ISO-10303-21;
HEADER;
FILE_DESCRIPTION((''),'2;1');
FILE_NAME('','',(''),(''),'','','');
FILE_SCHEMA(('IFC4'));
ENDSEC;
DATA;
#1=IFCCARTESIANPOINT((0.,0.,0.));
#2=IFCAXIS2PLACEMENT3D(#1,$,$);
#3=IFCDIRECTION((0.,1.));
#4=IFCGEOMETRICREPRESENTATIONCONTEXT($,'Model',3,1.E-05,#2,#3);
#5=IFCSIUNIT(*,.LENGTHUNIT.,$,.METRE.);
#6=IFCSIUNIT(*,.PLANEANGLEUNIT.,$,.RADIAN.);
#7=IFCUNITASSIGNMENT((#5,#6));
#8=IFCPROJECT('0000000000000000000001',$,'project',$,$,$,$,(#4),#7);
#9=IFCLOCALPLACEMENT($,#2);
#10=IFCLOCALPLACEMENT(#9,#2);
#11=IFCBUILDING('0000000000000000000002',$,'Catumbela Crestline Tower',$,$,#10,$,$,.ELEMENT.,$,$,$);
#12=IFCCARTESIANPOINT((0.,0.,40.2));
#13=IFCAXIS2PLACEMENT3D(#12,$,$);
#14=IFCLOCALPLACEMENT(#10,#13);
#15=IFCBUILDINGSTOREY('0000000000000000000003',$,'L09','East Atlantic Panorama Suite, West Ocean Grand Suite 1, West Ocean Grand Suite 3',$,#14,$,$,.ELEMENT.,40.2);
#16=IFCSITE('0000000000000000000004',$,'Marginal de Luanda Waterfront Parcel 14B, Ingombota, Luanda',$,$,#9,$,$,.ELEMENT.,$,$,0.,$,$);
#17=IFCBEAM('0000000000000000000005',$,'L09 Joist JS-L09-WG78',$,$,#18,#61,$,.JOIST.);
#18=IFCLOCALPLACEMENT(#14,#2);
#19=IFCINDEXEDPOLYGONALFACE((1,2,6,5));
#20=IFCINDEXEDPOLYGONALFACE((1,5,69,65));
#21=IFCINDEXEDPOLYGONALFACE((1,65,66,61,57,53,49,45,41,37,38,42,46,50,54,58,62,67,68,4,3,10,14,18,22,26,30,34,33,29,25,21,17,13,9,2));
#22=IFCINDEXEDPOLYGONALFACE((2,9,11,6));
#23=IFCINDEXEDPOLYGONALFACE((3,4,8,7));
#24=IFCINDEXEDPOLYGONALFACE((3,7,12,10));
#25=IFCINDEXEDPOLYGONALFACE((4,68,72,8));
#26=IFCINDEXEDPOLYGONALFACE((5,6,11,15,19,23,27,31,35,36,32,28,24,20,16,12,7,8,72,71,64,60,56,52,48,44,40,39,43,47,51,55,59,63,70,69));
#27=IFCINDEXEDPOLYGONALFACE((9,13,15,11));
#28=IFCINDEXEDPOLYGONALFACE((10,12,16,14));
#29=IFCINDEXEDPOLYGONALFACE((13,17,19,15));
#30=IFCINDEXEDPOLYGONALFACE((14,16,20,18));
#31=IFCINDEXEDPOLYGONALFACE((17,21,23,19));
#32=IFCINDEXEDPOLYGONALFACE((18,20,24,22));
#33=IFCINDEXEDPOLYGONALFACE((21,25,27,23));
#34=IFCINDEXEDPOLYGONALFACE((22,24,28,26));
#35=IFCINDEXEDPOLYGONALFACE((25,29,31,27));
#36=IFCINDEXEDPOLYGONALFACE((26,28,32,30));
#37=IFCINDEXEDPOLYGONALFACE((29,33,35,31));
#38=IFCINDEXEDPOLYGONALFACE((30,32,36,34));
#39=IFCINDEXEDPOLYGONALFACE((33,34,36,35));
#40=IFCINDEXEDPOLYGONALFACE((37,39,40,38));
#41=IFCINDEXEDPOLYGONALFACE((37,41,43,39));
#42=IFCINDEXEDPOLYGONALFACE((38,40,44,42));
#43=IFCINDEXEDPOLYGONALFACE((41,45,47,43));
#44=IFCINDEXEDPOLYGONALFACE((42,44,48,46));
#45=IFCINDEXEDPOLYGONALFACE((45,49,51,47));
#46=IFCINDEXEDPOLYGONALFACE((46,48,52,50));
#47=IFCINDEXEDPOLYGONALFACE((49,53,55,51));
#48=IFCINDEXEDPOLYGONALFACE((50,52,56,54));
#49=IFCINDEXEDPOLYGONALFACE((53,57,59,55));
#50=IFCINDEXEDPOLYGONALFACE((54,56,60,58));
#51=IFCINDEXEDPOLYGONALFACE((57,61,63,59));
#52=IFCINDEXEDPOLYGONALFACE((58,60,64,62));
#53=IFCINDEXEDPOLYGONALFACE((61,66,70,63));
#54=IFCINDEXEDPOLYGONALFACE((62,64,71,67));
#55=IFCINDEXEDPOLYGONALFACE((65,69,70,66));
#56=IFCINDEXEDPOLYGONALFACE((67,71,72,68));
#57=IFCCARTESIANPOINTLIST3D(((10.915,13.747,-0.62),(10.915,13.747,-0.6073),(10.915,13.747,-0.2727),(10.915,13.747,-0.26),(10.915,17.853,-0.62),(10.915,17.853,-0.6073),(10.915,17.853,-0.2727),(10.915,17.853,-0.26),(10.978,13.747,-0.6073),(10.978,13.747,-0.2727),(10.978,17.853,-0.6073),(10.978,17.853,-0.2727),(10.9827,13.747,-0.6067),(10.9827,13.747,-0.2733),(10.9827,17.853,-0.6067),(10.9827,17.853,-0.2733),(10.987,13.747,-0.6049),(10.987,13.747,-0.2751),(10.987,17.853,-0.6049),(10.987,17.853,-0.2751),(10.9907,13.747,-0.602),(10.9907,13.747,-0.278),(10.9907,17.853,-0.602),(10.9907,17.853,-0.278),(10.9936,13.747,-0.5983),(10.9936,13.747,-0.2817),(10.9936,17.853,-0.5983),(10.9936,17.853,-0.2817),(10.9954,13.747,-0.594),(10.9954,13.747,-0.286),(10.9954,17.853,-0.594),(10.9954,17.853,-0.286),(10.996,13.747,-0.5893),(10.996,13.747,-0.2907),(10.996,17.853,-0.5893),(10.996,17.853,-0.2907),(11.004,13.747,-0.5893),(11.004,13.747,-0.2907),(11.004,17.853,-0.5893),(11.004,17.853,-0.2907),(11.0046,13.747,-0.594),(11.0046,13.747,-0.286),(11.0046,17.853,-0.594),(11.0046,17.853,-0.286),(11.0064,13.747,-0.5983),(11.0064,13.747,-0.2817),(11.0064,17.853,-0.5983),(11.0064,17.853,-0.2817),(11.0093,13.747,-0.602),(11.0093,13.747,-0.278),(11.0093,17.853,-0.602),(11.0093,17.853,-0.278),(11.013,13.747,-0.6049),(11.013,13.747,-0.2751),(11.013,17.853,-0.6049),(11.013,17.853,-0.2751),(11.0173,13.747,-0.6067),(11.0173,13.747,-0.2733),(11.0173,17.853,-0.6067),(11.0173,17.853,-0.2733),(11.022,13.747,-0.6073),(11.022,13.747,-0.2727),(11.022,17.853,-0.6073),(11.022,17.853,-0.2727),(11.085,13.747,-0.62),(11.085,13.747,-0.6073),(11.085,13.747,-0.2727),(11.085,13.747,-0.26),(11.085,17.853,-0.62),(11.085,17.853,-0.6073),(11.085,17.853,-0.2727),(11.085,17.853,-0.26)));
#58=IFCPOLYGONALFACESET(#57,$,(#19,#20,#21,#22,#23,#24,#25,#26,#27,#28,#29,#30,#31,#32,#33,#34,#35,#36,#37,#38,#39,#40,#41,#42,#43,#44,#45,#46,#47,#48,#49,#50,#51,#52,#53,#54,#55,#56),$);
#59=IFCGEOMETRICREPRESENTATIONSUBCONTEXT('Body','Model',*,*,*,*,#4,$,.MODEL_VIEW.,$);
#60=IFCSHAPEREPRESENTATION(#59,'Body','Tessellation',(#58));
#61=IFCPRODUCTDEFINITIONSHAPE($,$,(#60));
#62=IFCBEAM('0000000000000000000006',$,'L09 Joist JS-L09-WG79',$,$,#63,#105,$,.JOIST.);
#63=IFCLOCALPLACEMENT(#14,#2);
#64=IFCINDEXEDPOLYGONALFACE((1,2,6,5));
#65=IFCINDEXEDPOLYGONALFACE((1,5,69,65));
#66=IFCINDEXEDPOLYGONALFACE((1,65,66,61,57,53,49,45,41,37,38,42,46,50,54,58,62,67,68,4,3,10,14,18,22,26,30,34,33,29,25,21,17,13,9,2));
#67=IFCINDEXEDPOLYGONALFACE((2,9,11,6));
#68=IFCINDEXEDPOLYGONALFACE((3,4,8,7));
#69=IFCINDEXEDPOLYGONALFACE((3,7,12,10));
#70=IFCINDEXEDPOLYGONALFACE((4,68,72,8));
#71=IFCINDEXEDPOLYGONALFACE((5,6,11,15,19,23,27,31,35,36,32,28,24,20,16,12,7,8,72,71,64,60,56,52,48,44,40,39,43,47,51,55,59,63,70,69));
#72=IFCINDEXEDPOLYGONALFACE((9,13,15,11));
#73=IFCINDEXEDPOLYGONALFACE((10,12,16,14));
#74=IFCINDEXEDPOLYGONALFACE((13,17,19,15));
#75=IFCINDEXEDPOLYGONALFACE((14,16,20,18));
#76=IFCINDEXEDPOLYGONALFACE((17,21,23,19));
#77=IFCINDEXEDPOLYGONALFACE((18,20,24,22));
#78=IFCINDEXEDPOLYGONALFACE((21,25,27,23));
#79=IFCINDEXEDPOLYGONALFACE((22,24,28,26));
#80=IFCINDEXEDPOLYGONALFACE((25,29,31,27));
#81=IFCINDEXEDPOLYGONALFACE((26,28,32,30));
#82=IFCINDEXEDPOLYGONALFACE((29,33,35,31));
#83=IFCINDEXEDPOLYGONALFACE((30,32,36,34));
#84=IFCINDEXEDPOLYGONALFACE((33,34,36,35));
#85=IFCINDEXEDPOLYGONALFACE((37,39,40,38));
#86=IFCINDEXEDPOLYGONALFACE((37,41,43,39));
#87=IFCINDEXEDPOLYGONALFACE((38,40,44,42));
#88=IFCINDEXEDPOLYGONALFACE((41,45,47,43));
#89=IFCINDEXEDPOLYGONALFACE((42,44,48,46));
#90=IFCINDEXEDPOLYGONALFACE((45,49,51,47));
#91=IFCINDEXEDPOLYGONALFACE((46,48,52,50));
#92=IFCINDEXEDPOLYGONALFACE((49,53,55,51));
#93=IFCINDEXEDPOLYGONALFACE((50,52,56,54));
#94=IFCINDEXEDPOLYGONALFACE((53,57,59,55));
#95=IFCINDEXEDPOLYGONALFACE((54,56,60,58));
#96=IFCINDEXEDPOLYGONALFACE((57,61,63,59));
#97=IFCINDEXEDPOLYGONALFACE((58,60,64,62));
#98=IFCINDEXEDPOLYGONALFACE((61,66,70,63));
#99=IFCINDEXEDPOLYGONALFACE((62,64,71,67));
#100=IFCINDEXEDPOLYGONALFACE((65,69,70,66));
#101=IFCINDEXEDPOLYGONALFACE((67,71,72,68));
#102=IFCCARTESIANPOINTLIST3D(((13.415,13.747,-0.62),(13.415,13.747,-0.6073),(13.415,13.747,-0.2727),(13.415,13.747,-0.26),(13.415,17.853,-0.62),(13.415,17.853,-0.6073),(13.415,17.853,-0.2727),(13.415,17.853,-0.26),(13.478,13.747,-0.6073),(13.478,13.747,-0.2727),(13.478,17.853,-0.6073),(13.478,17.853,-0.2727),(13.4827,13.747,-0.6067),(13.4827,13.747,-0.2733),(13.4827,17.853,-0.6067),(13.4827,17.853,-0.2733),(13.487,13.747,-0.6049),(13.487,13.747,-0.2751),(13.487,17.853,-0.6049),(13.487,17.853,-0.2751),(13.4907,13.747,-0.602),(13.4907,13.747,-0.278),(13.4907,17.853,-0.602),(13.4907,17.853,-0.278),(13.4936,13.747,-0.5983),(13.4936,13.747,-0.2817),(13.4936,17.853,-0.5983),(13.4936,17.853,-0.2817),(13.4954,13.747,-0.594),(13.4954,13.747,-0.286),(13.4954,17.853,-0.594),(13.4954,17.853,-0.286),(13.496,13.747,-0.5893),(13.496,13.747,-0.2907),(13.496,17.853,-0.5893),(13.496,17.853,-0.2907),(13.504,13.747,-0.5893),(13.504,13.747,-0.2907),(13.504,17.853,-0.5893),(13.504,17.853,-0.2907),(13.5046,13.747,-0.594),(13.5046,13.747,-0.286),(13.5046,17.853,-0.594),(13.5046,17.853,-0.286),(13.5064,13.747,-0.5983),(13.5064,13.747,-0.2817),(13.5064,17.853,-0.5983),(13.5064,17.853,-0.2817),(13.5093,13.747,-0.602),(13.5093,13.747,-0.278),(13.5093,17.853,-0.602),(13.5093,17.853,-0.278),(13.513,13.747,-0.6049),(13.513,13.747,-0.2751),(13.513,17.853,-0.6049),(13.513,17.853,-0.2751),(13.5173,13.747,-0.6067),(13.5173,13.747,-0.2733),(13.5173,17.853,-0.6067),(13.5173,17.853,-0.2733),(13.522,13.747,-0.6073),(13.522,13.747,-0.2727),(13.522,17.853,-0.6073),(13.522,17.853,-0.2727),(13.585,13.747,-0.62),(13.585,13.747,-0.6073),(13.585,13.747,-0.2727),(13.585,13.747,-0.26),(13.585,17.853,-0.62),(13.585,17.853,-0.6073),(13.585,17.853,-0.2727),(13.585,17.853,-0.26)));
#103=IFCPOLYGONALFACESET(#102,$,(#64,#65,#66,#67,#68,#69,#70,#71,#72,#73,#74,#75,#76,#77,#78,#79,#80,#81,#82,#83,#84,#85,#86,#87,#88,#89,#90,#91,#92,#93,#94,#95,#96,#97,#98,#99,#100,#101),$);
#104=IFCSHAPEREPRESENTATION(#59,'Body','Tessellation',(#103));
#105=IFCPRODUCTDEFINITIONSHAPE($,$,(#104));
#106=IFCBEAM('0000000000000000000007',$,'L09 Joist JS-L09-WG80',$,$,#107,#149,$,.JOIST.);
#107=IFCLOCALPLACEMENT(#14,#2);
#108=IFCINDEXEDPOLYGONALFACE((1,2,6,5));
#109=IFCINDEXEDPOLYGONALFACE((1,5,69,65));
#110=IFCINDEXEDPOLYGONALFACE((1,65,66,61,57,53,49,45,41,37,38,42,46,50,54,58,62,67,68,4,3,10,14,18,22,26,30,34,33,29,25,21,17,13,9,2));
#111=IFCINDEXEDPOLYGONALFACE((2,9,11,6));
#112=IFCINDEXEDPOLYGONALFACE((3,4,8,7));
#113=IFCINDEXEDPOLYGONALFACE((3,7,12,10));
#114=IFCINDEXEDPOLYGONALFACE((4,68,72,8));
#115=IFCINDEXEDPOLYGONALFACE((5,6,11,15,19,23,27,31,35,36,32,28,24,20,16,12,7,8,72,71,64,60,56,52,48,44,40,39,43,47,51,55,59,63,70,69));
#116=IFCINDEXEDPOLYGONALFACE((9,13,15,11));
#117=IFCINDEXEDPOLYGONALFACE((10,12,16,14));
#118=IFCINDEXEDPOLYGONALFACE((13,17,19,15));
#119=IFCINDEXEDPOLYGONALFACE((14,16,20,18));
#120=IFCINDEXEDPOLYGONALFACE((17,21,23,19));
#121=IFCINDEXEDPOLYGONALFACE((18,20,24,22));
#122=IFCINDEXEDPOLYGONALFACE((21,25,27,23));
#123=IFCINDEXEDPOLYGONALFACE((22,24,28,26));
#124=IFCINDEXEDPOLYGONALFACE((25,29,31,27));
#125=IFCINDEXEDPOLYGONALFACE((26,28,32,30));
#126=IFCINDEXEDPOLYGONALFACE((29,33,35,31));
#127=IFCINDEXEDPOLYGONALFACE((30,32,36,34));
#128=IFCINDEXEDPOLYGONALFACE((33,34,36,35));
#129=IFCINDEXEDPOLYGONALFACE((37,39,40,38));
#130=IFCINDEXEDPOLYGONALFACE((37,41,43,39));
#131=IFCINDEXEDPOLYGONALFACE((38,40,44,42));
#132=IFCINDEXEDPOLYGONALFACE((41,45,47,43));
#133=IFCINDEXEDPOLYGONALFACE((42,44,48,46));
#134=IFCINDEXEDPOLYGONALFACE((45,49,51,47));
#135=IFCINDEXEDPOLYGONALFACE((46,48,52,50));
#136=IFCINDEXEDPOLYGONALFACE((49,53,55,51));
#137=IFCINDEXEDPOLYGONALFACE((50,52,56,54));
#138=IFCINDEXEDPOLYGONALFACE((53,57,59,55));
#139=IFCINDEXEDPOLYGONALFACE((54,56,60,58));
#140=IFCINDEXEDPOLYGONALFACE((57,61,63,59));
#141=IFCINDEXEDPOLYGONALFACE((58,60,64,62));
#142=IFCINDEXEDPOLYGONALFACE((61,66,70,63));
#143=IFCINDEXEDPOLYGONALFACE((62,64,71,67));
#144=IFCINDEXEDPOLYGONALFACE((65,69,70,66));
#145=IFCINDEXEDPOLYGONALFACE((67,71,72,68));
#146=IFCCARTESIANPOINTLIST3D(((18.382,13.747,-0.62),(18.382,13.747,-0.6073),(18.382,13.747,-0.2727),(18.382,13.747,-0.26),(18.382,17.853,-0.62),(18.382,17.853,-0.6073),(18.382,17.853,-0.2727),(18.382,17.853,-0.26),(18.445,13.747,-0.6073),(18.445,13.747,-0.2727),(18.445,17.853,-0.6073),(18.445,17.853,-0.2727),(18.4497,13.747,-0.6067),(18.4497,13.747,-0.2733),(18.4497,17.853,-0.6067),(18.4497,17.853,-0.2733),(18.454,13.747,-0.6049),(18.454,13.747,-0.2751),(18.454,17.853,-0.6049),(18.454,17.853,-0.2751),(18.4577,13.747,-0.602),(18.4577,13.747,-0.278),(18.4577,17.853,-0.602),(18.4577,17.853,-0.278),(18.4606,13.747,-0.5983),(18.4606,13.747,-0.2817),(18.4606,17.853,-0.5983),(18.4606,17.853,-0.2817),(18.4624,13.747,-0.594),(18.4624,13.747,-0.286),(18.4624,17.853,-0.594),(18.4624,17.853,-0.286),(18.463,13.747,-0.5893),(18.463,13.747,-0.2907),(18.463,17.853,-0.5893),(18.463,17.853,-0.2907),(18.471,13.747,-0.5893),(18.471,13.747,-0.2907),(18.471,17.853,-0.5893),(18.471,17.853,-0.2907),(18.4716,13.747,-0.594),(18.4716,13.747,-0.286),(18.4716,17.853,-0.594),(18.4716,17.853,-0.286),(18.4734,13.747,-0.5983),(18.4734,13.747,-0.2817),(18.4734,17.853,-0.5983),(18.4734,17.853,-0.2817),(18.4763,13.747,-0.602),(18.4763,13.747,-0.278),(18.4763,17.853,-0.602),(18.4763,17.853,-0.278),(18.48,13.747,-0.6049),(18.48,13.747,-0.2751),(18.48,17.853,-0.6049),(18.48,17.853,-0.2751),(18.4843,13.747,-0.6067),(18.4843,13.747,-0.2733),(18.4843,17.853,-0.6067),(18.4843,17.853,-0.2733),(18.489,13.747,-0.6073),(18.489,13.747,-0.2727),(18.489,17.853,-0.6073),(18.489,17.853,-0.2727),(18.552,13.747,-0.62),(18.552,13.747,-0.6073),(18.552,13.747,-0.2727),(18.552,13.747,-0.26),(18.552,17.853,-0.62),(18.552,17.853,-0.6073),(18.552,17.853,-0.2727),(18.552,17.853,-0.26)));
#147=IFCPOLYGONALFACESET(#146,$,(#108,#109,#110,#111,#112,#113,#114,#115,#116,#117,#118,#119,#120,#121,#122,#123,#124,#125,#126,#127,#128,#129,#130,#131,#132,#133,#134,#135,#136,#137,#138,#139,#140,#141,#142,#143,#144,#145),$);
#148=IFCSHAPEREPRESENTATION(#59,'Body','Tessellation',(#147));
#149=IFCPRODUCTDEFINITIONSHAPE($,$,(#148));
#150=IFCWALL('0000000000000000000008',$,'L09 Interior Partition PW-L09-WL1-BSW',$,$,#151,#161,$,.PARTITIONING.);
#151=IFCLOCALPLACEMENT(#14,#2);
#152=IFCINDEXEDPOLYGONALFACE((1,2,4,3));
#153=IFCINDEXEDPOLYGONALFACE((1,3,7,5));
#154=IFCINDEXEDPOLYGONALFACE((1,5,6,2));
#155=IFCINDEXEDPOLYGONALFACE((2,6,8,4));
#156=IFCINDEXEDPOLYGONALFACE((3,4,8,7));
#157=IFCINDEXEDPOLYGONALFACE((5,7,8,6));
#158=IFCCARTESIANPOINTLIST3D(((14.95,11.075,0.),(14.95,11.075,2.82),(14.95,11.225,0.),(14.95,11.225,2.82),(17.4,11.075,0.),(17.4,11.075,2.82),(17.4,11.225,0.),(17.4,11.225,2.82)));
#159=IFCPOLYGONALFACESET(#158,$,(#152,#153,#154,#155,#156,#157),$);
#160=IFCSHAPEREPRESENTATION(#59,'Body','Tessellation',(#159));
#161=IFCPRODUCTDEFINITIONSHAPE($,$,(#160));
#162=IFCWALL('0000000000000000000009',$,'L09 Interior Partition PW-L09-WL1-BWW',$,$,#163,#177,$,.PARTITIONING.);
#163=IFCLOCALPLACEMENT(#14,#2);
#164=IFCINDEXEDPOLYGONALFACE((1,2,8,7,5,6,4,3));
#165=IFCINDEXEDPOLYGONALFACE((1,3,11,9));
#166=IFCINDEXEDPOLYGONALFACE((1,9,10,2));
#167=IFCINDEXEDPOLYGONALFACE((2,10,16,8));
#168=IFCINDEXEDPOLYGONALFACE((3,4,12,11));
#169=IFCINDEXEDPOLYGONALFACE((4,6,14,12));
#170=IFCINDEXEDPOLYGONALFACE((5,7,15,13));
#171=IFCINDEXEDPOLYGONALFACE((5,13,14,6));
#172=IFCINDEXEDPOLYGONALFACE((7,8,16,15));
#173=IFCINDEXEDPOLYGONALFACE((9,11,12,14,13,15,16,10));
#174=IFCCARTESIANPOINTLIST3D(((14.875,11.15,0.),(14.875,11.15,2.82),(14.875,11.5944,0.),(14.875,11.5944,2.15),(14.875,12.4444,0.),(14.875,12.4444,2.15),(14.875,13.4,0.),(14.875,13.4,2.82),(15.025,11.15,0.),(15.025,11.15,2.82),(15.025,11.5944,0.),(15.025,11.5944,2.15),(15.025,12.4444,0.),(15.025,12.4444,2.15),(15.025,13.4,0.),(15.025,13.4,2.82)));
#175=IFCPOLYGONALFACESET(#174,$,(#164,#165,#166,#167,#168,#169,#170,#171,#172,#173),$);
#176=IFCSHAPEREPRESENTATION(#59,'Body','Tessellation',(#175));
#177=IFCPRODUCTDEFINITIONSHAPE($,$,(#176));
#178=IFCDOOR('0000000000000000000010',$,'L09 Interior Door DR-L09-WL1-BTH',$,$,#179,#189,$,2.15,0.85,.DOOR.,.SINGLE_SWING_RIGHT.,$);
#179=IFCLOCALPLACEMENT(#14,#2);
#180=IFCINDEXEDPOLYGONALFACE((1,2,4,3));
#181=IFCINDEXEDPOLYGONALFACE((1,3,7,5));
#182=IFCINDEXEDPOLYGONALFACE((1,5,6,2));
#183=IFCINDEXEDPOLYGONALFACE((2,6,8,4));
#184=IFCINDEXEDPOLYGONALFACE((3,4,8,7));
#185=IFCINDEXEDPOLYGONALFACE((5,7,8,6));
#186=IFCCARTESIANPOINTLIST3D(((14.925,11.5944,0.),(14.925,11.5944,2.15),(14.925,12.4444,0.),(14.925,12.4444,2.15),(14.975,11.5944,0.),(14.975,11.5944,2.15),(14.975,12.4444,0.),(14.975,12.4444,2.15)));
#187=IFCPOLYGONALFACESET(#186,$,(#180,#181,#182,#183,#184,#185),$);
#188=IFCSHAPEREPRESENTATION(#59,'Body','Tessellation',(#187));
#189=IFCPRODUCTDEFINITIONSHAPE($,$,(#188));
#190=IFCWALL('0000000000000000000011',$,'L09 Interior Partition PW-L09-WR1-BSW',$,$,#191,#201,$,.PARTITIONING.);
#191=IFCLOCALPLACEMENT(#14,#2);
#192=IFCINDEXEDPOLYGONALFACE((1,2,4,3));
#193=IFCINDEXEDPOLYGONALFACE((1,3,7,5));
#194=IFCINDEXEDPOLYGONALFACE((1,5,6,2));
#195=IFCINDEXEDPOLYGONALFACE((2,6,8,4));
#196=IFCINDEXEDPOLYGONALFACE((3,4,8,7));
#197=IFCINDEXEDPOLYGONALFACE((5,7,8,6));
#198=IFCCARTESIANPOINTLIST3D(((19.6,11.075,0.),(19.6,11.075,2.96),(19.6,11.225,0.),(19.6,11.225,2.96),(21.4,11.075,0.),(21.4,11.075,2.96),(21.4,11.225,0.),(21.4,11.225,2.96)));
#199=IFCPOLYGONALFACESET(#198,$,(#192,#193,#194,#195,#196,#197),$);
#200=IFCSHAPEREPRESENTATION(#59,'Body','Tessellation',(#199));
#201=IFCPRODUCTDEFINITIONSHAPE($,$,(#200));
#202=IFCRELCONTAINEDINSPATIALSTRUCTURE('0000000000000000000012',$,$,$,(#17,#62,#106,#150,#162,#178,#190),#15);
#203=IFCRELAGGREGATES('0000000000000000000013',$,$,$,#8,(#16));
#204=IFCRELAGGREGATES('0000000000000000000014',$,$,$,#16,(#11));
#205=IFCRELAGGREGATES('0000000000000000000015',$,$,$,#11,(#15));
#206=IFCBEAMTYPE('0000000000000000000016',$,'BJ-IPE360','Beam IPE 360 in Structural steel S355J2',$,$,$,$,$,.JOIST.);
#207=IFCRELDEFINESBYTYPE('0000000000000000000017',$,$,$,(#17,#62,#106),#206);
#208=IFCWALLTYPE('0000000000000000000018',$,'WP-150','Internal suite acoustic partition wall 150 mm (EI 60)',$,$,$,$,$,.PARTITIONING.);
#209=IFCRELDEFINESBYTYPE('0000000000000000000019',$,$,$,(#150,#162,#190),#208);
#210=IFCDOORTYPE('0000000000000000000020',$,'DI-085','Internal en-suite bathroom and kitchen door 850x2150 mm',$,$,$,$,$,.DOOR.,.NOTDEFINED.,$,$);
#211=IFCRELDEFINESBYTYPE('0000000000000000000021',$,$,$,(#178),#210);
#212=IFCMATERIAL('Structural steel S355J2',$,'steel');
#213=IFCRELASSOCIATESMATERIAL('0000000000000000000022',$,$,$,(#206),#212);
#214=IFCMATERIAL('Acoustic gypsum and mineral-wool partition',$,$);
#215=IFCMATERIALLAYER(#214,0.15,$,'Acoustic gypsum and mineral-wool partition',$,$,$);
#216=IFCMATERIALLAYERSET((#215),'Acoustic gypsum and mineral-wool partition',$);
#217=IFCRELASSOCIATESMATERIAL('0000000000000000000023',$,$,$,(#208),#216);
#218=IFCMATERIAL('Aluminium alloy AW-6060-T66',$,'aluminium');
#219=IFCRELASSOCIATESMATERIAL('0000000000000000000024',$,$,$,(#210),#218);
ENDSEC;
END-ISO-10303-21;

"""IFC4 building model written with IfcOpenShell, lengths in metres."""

from ifc_helpers import new_model, si_unit, direction, frame, frame_2d, origin, origin_2d, place, context, subcontext, project, spatial, rectangle, i_section, extrude, material, layer, layer_set, material_profile, profile_set, type_object, element, fill, save


model = new_model("IFC4")

# Units and contexts
model_context = context("Model", 3, precision=1e-05, world=origin(), true_north=direction((0.0, 1.0)))
body_context = subcontext(model_context, "Body", "Model", "MODEL_VIEW")
ifc_project = project(units=[si_unit("LENGTHUNIT", "METRE"), si_unit("PLANEANGLEUNIT", "RADIAN")], contexts=[model_context])

# Site, building, storey
site_placement = place(None, origin())
site = spatial("IfcSite", under=ifc_project, at=site_placement, Name="Marginal de Luanda Waterfront Parcel 14B, Ingombota, Luanda", CompositionType="ELEMENT", RefElevation=0.0)
building_placement = place(site_placement, origin())
building = spatial("IfcBuilding", under=site, at=building_placement, Name="Catumbela Crestline Tower", CompositionType="ELEMENT")
storey_placement = place(building_placement, frame((0.0, 0.0, 40.2)))
storey = spatial("IfcBuildingStorey", under=building, at=storey_placement, Name="L09", Description="East Atlantic Panorama Suite, West Ocean Grand Suite 1, West Ocean Grand Suite 3", CompositionType="ELEMENT", Elevation=40.2)

# Beams
ifc_material_1 = material(Name="Structural steel S355J2", Category="steel")
ifc_material_profile_1 = material_profile(ifc_material_1, i_section(OverallWidth=0.17, OverallDepth=0.36, WebThickness=0.008, FlangeThickness=0.0127, FilletRadius=0.018, at=origin_2d()), Name="IPE 360")
ifc_profile_set_1 = profile_set([ifc_material_profile_1], Name="Structural steel S355J2")
beam_type_1 = type_object("IfcBeamType", Name="BJ-IPE360", Description="Beam IPE 360 in Structural steel S355J2", PredefinedType="JOIST", material=ifc_profile_set_1)
for number, where, z_axis, x_axis, name in (
    (1, (11.0, 13.747, -0.44), (0.0, 1.0, 0.0), (-1.0, 0.0, 0.0), "L09 Joist JS-L09-WG78"),
    (2, (13.5, 13.747, -0.44), (0.0, 1.0, 0.0), (-1.0, 0.0, 0.0), "L09 Joist JS-L09-WG79"),
    (3, (18.467, 13.747, -0.44), (0.0, 1.0, 0.0), (-1.0, 0.0, 0.0), "L09 Joist JS-L09-WG80"),
):
    element("IfcBeam", number, at=place(storey_placement, frame(where, z_axis=z_axis, x_axis=x_axis)), inside=storey, type_object=beam_type_1, Name=name, PredefinedType="JOIST", context=body_context, shape_type="SweptSolid", body=[
        extrude(i_section(OverallWidth=0.17, OverallDepth=0.36, WebThickness=0.008, FlangeThickness=0.0127, FilletRadius=0.018, at=origin_2d()), origin(), (0.0, 0.0, 1.0), 4.106),
    ])

# Wall
ifc_material_2 = material(Name="Acoustic gypsum and mineral-wool partition")
ifc_layer = layer(ifc_material_2, 0.15, Name="Acoustic gypsum and mineral-wool partition")
ifc_layer_set = layer_set([ifc_layer], Name="Acoustic gypsum and mineral-wool partition")
wall_type = type_object("IfcWallType", Name="WP-150", Description="Internal suite acoustic partition wall 150 mm (EI 60)", PredefinedType="PARTITIONING", material=ifc_layer_set)
wall_1_placement = place(storey_placement, frame((14.95, 11.15, 0.0), z_axis=(0.0, 0.0, 1.0), x_axis=(1.0, 0.0, 0.0)))
element("IfcWall", 4, at=wall_1_placement, inside=storey, type_object=wall_type, Name="L09 Interior Partition PW-L09-WL1-BSW", PredefinedType="PARTITIONING", context=body_context, shape_type="SweptSolid", body=[
    extrude(rectangle(XDim=2.45, YDim=0.15, at=frame_2d((1.225, 0.0))), origin(), (0.0, 0.0, 1.0), 2.82),
])

# Wall, opening, door
wall_2_placement = place(storey_placement, frame((14.95, 11.15, 0.0), z_axis=(0.0, 0.0, 1.0), x_axis=(0.0, 1.0, 0.0)))
wall_2 = element("IfcWall", 5, at=wall_2_placement, inside=storey, type_object=wall_type, Name="L09 Interior Partition PW-L09-WL1-BWW", PredefinedType="PARTITIONING", context=body_context, shape_type="SweptSolid", body=[
    extrude(rectangle(XDim=2.25, YDim=0.15, at=frame_2d((1.125, 0.0))), origin(), (0.0, 0.0, 1.0), 2.82),
])
opening_1_placement = place(wall_2_placement, frame((0.4444, 0.0, 0.0)))
opening_1 = element("IfcOpeningElement", 6, at=opening_1_placement, cuts=wall_2, PredefinedType="OPENING", context=body_context, shape_type="SweptSolid", body=[
    extrude(rectangle(XDim=0.85, YDim=2.15, at=frame_2d((0.425, 1.075))), frame((0.0, 0.085, 0.0), z_axis=(0.0, -1.0, 0.0), x_axis=(1.0, 0.0, 0.0)), (0.0, 0.0, 1.0), 0.17),
])
ifc_material_3 = material(Name="Aluminium alloy AW-6060-T66", Category="aluminium")
door_type = type_object("IfcDoorType", Name="DI-085", Description="Internal en-suite bathroom and kitchen door 850x2150 mm", OperationType="NOTDEFINED", PredefinedType="DOOR", material=ifc_material_3)
door_1_placement = place(opening_1_placement, origin())
door_1 = element("IfcDoor", 7, at=door_1_placement, inside=storey, type_object=door_type, Name="L09 Interior Door DR-L09-WL1-BTH", OperationType="SINGLE_SWING_RIGHT", OverallHeight=2.15, OverallWidth=0.85, PredefinedType="DOOR", context=body_context, shape_type="SweptSolid", body=[
    extrude(rectangle(XDim=0.85, YDim=2.15, at=frame_2d((0.425, 1.075))), frame((0.0, 0.025, 0.0), z_axis=(0.0, -1.0, 0.0), x_axis=(1.0, 0.0, 0.0)), (0.0, 0.0, 1.0), 0.05),
])
fill(opening_1, door_1)

# Wall
wall_3_placement = place(storey_placement, frame((19.6, 11.15, 0.0), z_axis=(0.0, 0.0, 1.0), x_axis=(1.0, 0.0, 0.0)))
element("IfcWall", 8, at=wall_3_placement, inside=storey, type_object=wall_type, Name="L09 Interior Partition PW-L09-WR1-BSW", PredefinedType="PARTITIONING", context=body_context, shape_type="SweptSolid", body=[
    extrude(rectangle(XDim=1.8, YDim=0.15, at=frame_2d((0.9, 0.0))), origin(), (0.0, 0.0, 1.0), 2.96),
])

save(model, "model.ifc")
